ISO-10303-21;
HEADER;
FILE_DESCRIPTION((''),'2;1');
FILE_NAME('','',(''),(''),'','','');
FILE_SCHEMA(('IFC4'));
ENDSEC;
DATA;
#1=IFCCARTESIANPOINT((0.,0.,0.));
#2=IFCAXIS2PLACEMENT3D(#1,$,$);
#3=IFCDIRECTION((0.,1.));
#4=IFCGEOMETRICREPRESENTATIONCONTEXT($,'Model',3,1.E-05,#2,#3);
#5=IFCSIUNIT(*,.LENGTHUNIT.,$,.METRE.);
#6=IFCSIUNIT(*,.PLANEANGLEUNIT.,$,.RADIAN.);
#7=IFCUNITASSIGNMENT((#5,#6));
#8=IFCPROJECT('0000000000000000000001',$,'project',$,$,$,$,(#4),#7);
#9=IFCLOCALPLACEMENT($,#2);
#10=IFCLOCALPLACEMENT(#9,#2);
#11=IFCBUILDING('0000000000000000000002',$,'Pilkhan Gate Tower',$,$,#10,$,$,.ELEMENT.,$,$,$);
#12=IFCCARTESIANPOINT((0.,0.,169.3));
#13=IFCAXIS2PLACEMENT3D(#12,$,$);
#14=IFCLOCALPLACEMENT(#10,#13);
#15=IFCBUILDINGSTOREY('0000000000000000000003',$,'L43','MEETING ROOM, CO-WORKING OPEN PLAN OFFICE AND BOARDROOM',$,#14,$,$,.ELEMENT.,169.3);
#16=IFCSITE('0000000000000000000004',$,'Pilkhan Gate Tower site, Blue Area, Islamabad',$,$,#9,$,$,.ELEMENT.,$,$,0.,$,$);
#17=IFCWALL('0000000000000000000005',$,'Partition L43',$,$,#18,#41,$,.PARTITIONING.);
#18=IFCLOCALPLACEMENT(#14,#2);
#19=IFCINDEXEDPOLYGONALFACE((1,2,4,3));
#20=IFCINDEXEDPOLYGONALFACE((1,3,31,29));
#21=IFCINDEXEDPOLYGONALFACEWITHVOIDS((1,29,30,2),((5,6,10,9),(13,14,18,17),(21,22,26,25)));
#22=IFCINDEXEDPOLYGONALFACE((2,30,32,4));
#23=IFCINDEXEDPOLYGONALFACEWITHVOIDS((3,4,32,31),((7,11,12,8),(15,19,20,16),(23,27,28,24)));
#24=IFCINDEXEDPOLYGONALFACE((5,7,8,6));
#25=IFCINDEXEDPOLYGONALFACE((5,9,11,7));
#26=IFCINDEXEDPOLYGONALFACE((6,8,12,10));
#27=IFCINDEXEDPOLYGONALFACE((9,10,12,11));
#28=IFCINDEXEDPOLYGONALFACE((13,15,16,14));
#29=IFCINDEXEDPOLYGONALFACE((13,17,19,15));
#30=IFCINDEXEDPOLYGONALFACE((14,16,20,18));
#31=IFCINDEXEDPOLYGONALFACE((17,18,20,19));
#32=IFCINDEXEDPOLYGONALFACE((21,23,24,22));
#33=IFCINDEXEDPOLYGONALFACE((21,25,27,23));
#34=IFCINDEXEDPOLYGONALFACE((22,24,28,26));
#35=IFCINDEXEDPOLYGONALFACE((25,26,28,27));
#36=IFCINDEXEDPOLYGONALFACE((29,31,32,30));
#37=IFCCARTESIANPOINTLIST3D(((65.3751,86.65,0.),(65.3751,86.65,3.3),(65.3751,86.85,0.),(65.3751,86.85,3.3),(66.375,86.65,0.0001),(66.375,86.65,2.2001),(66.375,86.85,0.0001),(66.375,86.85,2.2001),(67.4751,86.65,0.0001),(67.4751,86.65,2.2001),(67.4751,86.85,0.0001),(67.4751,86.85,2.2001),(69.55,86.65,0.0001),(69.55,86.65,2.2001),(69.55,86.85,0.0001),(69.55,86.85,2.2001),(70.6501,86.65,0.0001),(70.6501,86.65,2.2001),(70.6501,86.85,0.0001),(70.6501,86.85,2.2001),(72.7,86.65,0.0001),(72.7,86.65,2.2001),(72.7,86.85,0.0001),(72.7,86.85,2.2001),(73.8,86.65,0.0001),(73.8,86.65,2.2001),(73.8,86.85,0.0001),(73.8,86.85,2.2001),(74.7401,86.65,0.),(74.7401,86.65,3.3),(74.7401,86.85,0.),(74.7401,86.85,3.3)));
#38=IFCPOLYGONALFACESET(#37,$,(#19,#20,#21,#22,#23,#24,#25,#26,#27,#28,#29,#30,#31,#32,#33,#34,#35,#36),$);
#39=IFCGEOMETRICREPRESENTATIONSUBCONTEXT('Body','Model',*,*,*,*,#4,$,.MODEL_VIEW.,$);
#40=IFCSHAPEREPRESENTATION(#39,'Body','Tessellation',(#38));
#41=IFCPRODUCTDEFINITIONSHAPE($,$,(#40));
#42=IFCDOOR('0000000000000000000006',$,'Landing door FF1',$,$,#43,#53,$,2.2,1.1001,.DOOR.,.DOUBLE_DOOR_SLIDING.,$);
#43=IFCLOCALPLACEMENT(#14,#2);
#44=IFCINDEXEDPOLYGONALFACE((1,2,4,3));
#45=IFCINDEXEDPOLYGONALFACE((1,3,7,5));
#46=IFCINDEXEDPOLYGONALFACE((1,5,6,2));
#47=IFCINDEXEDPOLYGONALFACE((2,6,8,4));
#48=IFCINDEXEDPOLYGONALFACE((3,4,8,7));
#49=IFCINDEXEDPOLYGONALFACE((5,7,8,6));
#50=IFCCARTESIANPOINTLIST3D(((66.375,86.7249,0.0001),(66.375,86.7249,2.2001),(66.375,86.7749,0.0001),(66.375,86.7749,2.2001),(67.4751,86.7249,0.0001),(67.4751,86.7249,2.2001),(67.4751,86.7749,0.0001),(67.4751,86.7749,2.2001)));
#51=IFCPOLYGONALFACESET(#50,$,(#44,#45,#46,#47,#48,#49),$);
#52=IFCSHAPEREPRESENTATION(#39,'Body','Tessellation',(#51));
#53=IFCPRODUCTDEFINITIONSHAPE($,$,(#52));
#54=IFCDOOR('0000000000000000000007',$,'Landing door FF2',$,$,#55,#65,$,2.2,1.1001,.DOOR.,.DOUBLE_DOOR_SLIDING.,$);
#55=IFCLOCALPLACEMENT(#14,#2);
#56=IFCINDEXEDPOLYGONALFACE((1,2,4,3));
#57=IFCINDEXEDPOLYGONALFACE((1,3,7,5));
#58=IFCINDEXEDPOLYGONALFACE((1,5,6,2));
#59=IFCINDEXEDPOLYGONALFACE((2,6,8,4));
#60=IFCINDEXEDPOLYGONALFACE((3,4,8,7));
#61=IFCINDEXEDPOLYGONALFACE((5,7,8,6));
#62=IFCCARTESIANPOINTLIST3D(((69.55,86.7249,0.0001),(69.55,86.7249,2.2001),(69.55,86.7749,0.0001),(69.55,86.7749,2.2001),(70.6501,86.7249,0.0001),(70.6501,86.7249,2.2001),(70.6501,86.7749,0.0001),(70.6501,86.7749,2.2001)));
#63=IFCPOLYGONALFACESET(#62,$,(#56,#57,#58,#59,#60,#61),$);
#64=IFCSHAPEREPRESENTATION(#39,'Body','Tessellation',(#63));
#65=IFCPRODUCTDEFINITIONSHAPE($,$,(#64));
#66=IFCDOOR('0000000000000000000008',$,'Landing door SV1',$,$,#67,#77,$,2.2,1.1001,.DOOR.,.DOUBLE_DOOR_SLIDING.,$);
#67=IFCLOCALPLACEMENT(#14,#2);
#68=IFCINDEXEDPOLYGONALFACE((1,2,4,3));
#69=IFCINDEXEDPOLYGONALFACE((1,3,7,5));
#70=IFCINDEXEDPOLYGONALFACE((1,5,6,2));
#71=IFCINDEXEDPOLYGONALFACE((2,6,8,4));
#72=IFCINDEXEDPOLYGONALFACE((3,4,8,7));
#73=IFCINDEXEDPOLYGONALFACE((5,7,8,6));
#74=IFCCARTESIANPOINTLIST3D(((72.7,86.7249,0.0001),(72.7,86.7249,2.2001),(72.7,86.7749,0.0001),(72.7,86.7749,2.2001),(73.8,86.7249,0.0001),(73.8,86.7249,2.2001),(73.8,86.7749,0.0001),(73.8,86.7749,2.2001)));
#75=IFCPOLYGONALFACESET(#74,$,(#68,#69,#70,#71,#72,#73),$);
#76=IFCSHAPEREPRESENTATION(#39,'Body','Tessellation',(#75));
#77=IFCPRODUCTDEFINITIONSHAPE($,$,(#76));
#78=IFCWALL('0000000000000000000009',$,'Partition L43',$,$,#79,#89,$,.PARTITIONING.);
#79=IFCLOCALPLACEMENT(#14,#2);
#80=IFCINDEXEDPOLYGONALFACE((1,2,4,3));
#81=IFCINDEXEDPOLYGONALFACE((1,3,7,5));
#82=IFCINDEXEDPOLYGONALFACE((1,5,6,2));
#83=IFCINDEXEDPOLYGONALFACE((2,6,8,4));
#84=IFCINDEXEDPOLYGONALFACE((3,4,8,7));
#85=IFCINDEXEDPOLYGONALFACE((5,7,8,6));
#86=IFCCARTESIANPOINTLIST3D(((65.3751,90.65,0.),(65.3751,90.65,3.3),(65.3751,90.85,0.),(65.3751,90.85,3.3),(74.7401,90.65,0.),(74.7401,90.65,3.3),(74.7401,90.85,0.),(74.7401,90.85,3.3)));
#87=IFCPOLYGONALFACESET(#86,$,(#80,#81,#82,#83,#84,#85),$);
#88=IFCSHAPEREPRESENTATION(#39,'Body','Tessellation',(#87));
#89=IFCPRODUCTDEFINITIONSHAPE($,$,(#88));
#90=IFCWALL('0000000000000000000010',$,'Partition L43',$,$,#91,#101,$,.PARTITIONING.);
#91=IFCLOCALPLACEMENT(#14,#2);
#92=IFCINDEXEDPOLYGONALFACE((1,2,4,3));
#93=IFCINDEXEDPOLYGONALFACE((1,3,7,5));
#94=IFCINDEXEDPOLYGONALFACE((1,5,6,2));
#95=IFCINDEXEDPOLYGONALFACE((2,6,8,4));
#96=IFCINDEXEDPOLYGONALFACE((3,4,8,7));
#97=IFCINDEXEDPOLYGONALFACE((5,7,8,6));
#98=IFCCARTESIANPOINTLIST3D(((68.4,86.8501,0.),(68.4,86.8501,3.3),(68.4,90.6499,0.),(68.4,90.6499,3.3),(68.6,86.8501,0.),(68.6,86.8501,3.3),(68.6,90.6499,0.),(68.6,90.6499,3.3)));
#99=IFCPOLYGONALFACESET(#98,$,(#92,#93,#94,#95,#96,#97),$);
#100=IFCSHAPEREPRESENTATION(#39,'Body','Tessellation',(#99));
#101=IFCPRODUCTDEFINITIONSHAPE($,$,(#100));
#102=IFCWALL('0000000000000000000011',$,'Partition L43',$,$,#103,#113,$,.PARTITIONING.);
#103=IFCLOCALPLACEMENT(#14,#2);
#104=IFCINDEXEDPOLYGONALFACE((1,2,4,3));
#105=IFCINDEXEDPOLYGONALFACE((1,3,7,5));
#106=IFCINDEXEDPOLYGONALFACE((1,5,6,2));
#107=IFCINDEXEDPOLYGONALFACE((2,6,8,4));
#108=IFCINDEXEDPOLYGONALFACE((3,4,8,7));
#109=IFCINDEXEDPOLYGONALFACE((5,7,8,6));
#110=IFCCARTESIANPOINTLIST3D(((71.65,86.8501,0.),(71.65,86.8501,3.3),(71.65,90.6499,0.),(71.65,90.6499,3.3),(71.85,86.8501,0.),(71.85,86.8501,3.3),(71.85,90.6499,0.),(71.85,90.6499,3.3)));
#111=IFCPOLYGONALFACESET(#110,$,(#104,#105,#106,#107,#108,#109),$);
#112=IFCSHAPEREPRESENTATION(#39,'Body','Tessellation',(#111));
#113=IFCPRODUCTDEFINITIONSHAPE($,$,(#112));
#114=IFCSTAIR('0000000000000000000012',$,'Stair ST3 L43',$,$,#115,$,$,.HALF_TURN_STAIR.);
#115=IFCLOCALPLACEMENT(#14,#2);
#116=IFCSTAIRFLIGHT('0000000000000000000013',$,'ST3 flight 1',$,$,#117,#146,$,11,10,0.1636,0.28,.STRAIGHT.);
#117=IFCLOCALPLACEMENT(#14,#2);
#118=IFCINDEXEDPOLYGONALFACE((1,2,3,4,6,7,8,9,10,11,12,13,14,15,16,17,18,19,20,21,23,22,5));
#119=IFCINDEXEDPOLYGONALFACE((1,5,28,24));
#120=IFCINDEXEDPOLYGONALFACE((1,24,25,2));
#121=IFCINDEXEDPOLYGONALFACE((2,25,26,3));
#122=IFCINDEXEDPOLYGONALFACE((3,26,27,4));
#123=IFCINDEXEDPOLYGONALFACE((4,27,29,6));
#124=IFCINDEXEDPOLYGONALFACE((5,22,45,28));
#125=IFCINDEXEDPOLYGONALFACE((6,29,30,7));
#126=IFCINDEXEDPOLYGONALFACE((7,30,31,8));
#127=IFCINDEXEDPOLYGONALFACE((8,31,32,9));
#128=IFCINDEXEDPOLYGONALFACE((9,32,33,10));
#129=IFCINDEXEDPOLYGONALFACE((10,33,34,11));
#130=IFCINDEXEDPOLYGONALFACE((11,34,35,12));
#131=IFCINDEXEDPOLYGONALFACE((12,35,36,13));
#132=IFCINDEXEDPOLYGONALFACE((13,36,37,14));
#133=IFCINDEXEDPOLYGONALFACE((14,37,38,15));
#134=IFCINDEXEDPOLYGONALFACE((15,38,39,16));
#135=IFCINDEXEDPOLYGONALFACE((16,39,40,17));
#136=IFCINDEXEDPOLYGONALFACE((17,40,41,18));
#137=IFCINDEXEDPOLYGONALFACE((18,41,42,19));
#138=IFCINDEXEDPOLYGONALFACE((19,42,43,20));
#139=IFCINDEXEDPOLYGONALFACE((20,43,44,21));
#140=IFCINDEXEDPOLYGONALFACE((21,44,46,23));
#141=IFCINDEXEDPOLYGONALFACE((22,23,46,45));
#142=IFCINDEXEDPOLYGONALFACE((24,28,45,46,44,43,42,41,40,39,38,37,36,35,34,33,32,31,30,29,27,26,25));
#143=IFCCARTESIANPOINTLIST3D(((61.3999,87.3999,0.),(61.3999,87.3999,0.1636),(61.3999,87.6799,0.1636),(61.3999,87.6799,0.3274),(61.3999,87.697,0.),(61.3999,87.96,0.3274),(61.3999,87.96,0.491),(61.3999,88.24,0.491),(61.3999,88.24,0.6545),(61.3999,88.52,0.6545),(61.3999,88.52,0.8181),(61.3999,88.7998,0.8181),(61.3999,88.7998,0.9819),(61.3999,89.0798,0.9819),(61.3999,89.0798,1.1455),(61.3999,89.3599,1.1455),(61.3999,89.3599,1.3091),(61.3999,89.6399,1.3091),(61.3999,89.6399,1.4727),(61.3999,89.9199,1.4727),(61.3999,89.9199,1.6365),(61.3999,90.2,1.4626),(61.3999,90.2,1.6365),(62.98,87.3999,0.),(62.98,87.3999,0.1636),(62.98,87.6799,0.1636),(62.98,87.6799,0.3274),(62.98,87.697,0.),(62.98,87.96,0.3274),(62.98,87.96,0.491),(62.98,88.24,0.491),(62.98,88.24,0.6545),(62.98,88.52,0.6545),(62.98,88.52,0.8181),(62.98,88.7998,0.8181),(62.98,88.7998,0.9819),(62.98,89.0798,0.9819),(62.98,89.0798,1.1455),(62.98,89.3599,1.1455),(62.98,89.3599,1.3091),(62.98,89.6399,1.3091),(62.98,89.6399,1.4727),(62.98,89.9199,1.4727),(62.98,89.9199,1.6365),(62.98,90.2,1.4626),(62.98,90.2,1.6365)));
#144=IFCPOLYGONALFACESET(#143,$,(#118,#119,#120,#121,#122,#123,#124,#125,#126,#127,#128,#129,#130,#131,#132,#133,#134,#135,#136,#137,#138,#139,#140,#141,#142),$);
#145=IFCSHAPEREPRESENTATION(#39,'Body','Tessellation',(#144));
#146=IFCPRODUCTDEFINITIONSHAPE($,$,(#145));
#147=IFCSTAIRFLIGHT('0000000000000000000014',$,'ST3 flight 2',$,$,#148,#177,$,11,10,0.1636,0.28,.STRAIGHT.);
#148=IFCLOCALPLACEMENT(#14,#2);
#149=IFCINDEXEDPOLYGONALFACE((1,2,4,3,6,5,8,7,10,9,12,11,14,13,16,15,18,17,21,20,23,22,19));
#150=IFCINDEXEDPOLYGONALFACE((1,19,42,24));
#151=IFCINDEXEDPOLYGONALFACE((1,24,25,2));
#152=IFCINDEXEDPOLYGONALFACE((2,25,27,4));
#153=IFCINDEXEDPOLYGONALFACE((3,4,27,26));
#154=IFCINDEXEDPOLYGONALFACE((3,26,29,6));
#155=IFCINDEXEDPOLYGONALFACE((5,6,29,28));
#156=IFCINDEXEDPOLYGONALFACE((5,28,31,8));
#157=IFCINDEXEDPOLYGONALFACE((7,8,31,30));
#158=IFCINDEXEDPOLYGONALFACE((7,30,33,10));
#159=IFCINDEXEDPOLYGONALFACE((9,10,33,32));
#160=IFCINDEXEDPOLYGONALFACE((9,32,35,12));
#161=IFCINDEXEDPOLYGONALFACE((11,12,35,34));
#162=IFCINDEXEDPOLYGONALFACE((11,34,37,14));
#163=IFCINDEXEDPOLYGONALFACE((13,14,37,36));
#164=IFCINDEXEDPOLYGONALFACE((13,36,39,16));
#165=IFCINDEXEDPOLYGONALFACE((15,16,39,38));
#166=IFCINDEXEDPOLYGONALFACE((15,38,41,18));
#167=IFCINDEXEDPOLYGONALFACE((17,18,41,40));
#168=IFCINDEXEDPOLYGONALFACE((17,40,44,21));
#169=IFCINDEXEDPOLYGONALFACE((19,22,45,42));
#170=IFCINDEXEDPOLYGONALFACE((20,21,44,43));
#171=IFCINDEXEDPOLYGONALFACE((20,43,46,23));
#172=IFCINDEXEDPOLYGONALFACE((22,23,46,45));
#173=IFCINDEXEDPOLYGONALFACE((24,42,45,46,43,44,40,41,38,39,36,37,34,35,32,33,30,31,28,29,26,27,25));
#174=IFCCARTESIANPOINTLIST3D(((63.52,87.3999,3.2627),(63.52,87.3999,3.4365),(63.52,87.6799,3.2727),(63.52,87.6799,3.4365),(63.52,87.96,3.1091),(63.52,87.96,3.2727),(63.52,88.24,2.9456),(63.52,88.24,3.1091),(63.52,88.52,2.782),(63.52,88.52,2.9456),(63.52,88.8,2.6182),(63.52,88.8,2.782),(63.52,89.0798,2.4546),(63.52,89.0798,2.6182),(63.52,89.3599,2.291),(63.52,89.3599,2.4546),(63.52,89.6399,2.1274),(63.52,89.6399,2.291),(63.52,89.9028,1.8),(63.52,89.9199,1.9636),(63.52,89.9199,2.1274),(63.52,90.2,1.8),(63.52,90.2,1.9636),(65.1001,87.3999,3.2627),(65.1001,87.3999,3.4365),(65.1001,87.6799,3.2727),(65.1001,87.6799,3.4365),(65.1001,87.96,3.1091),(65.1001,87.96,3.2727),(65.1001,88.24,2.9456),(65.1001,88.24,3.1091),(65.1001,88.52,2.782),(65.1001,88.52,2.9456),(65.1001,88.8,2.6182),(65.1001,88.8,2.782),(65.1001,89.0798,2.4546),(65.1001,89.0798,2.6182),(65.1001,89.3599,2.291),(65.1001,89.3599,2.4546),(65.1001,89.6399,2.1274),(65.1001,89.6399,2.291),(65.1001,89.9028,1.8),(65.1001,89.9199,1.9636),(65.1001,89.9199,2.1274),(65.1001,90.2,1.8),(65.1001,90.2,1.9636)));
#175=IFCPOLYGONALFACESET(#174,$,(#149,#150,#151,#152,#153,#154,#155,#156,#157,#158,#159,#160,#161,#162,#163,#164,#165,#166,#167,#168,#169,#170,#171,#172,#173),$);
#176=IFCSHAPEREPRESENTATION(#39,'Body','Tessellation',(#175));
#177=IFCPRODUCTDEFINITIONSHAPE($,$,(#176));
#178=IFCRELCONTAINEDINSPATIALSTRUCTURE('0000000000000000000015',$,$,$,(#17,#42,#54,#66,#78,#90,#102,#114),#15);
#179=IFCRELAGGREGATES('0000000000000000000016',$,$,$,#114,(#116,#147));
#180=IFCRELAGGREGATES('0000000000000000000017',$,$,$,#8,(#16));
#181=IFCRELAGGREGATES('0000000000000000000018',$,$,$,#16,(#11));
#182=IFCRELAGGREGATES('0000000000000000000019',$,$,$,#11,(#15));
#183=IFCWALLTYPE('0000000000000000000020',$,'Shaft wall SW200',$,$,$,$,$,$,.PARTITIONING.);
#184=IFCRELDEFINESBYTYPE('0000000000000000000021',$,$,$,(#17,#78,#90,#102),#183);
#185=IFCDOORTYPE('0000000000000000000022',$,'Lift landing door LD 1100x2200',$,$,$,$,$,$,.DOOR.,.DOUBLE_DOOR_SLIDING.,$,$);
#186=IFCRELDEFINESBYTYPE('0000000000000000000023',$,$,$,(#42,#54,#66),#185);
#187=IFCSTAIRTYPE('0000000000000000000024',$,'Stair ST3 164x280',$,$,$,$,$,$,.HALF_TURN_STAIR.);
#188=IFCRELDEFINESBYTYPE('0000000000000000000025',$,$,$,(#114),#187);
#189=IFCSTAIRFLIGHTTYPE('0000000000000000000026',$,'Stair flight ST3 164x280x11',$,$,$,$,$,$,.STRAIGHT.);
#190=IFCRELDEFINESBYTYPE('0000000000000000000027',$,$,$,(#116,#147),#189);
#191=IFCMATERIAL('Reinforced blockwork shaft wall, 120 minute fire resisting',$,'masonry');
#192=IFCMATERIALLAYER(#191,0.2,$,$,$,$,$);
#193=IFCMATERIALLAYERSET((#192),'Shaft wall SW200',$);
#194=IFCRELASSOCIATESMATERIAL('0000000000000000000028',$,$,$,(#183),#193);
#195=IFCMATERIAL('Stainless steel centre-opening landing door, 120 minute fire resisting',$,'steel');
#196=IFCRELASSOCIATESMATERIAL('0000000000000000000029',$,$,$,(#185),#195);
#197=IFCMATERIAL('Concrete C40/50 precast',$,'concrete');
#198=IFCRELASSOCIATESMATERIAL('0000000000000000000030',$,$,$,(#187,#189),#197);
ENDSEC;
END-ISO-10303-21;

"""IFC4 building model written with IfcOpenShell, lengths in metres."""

from ifc_helpers import new_model, si_unit, direction, frame, frame_2d, origin, place, context, subcontext, project, spatial, polyline, rectangle, outline, extrude, material, layer, layer_set, type_object, element, fill, aggregate, save


model = new_model("IFC4")

# Units and contexts
model_context = context("Model", 3, precision=1e-05, world=origin(), true_north=direction((0.0, 1.0)))
body_context = subcontext(model_context, "Body", "Model", "MODEL_VIEW")
ifc_project = project(units=[si_unit("LENGTHUNIT", "METRE"), si_unit("PLANEANGLEUNIT", "RADIAN")], contexts=[model_context])

# Site, building, storey
site_placement = place(None, origin())
site = spatial("IfcSite", under=ifc_project, at=site_placement, Name="Pilkhan Gate Tower site, Blue Area, Islamabad", CompositionType="ELEMENT", RefElevation=0.0)
building_placement = place(site_placement, origin())
building = spatial("IfcBuilding", under=site, at=building_placement, Name="Pilkhan Gate Tower", CompositionType="ELEMENT")
storey_placement = place(building_placement, frame((0.0, 0.0, 169.3)))
storey = spatial("IfcBuildingStorey", under=building, at=storey_placement, Name="L43", Description="MEETING ROOM, CO-WORKING OPEN PLAN OFFICE AND BOARDROOM", CompositionType="ELEMENT", Elevation=169.3)

# Wall, openings, doors
ifc_material_1 = material(Name="Reinforced blockwork shaft wall, 120 minute fire resisting", Category="masonry")
ifc_layer_1 = layer(ifc_material_1, 0.2)
ifc_layer_set_1 = layer_set([ifc_layer_1], Name="Shaft wall SW200")
wall_type_1 = type_object("IfcWallType", Name="Shaft wall SW200", PredefinedType="PARTITIONING", material=ifc_layer_set_1)
wall_1_placement = place(storey_placement, frame((65.375, 86.75, 0.0), z_axis=(0.0, 0.0, 1.0), x_axis=(1.0, 0.0, 0.0)))
wall_1 = element("IfcWall", 1, at=wall_1_placement, inside=storey, type_object=wall_type_1, Name="Partition L43", PredefinedType="PARTITIONING", context=body_context, shape_type="SweptSolid", body=[
    extrude(rectangle(XDim=9.365, YDim=0.2, at=frame_2d((4.6826, 0.0))), origin(), (0.0, 0.0, 1.0), 3.3),
])
opening_1_placement = place(wall_1_placement, frame((1.0, 0.0, 0.0)))
opening_1 = element("IfcOpeningElement", 2, at=opening_1_placement, cuts=wall_1, PredefinedType="OPENING", context=body_context, shape_type="SweptSolid", body=[
    extrude(rectangle(XDim=1.1001, YDim=2.2, at=frame_2d((0.55, 1.1001))), frame((0.0, 0.1099, 0.0), z_axis=(0.0, -1.0, 0.0), x_axis=(1.0, 0.0, 0.0)), (0.0, 0.0, 1.0), 0.22),
])
opening_2_placement = place(wall_1_placement, frame((4.175, 0.0, 0.0)))
opening_2 = element("IfcOpeningElement", 3, at=opening_2_placement, cuts=wall_1, PredefinedType="OPENING", context=body_context, shape_type="SweptSolid", body=[
    extrude(rectangle(XDim=1.1001, YDim=2.2, at=frame_2d((0.55, 1.1001))), frame((0.0, 0.1099, 0.0), z_axis=(0.0, -1.0, 0.0), x_axis=(1.0, 0.0, 0.0)), (0.0, 0.0, 1.0), 0.22),
])
opening_3_placement = place(wall_1_placement, frame((7.325, 0.0, 0.0)))
opening_3 = element("IfcOpeningElement", 4, at=opening_3_placement, cuts=wall_1, PredefinedType="OPENING", context=body_context, shape_type="SweptSolid", body=[
    extrude(rectangle(XDim=1.1001, YDim=2.2, at=frame_2d((0.55, 1.1001))), frame((0.0, 0.1099, 0.0), z_axis=(0.0, -1.0, 0.0), x_axis=(1.0, 0.0, 0.0)), (0.0, 0.0, 1.0), 0.22),
])
ifc_material_2 = material(Name="Stainless steel centre-opening landing door, 120 minute fire resisting", Category="steel")
door_type_1 = type_object("IfcDoorType", Name="Lift landing door LD 1100x2200", OperationType="DOUBLE_DOOR_SLIDING", PredefinedType="DOOR", material=ifc_material_2)
door_1_placement = place(opening_1_placement, origin())
door_1 = element("IfcDoor", 5, at=door_1_placement, inside=storey, type_object=door_type_1, Name="Landing door FF1", OperationType="DOUBLE_DOOR_SLIDING", OverallHeight=2.2, OverallWidth=1.1001, PredefinedType="DOOR", context=body_context, shape_type="SweptSolid", body=[
    extrude(rectangle(XDim=1.1001, YDim=2.2, at=frame_2d((0.55, 1.1001))), frame((0.0, 0.0249, 0.0), z_axis=(0.0, -1.0, 0.0), x_axis=(1.0, 0.0, 0.0)), (0.0, 0.0, 1.0), 0.05),
])
fill(opening_1, door_1)
door_2_placement = place(opening_2_placement, origin())
door_2 = element("IfcDoor", 6, at=door_2_placement, inside=storey, type_object=door_type_1, Name="Landing door FF2", OperationType="DOUBLE_DOOR_SLIDING", OverallHeight=2.2, OverallWidth=1.1001, PredefinedType="DOOR", context=body_context, shape_type="SweptSolid", body=[
    extrude(rectangle(XDim=1.1001, YDim=2.2, at=frame_2d((0.55, 1.1001))), frame((0.0, 0.0249, 0.0), z_axis=(0.0, -1.0, 0.0), x_axis=(1.0, 0.0, 0.0)), (0.0, 0.0, 1.0), 0.05),
])
fill(opening_2, door_2)
door_3_placement = place(opening_3_placement, origin())
door_3 = element("IfcDoor", 7, at=door_3_placement, inside=storey, type_object=door_type_1, Name="Landing door SV1", OperationType="DOUBLE_DOOR_SLIDING", OverallHeight=2.2, OverallWidth=1.1001, PredefinedType="DOOR", context=body_context, shape_type="SweptSolid", body=[
    extrude(rectangle(XDim=1.1001, YDim=2.2, at=frame_2d((0.55, 1.1001))), frame((0.0, 0.0249, 0.0), z_axis=(0.0, -1.0, 0.0), x_axis=(1.0, 0.0, 0.0)), (0.0, 0.0, 1.0), 0.05),
])
fill(opening_3, door_3)

# Walls
wall_2_placement = place(storey_placement, frame((65.375, 90.75, 0.0), z_axis=(0.0, 0.0, 1.0), x_axis=(1.0, 0.0, 0.0)))
element("IfcWall", 8, at=wall_2_placement, inside=storey, type_object=wall_type_1, Name="Partition L43", PredefinedType="PARTITIONING", context=body_context, shape_type="SweptSolid", body=[
    extrude(rectangle(XDim=9.365, YDim=0.2, at=frame_2d((4.6826, 0.0))), origin(), (0.0, 0.0, 1.0), 3.3),
])
for number, where, z_axis, x_axis, name in (
    (9, (68.5, 86.8501, 0.0), (0.0, 0.0, 1.0), (0.0, 1.0, 0.0), "Partition L43"),
    (10, (71.75, 86.8501, 0.0), (0.0, 0.0, 1.0), (0.0, 1.0, 0.0), "Partition L43"),
):
    element("IfcWall", number, at=place(storey_placement, frame(where, z_axis=z_axis, x_axis=x_axis)), inside=storey, type_object=wall_type_1, Name=name, PredefinedType="PARTITIONING", context=body_context, shape_type="SweptSolid", body=[
        extrude(rectangle(XDim=3.7998, YDim=0.2, at=frame_2d((1.8999, 0.0))), origin(), (0.0, 0.0, 1.0), 3.3),
    ])

# Stair, stair flights
ifc_material_3 = material(Name="Concrete C40/50 precast", Category="concrete")
stair_type = type_object("IfcStairType", Name="Stair ST3 164x280", PredefinedType="HALF_TURN_STAIR", material=ifc_material_3)
stair_placement = place(storey_placement, origin())
stair = element("IfcStair", 11, at=stair_placement, inside=storey, type_object=stair_type, Name="Stair ST3 L43", PredefinedType="HALF_TURN_STAIR")
stair_flight_type = type_object("IfcStairFlightType", Name="Stair flight ST3 164x280x11", PredefinedType="STRAIGHT", material=ifc_material_3)
stair_flight_1_placement = place(storey_placement, frame((62.1899, 87.3999, 0.0), z_axis=(0.0, 0.0, 1.0), x_axis=(0.0, 1.0, 0.0)))
stair_flight_1 = element("IfcStairFlight", 12, at=stair_flight_1_placement, type_object=stair_flight_type, Name="ST3 flight 1", NumberOfRisers=11, NumberOfTreads=10, PredefinedType="STRAIGHT", RiserHeight=0.1636, TreadLength=0.28, context=body_context, shape_type="SweptSolid", body=[
    extrude(outline(polyline([(0.0, 0.0), (0.0, 0.1636), (0.28, 0.1636), (0.28, 0.3274), (0.5601, 0.3274), (0.5601, 0.491), (0.8401, 0.491), (0.8401, 0.6545), (1.1201, 0.6545), (1.1201, 0.8181), (1.3999, 0.8181), (1.3999, 0.9819), (1.6799, 0.9819), (1.6799, 1.1455), (1.96, 1.1455), (1.96, 1.3091), (2.24, 1.3091), (2.24, 1.4727), (2.52, 1.4727), (2.52, 1.6365), (2.8, 1.6365), (2.8, 1.8), (2.8, 1.4626), (0.2971, 0.0), (0.0, 0.0)])), frame((0.0, 0.79, 0.0), z_axis=(0.0, -1.0, 0.0), x_axis=(1.0, 0.0, 0.0)), (0.0, 0.0, 1.0), 1.5801),
])
stair_flight_2_placement = place(storey_placement, frame((64.3101, 90.2, 1.8), z_axis=(0.0, 0.0, 1.0), x_axis=(0.0, -1.0, 0.0)))
stair_flight_2 = element("IfcStairFlight", 13, at=stair_flight_2_placement, type_object=stair_flight_type, Name="ST3 flight 2", NumberOfRisers=11, NumberOfTreads=10, PredefinedType="STRAIGHT", RiserHeight=0.1636, TreadLength=0.28, context=body_context, shape_type="SweptSolid", body=[
    extrude(outline(polyline([(0.0, 0.0), (0.0, 0.1636), (0.28, 0.1636), (0.28, 0.3274), (0.5601, 0.3274), (0.5601, 0.491), (0.8401, 0.491), (0.8401, 0.6545), (1.1201, 0.6545), (1.1201, 0.8181), (1.3999, 0.8181), (1.3999, 0.9819), (1.6799, 0.9819), (1.6799, 1.1455), (1.96, 1.1455), (1.96, 1.3091), (2.24, 1.3091), (2.24, 1.4727), (2.52, 1.4727), (2.52, 1.6365), (2.8, 1.6365), (2.8, 1.8), (2.8, 1.4626), (0.2971, 0.0), (0.0, 0.0)])), frame((0.0, 0.79, 0.0), z_axis=(0.0, -1.0, 0.0), x_axis=(1.0, 0.0, 0.0)), (0.0, 0.0, 1.0), 1.5801),
])
aggregate(stair, [stair_flight_1, stair_flight_2])

save(model, "model.ifc")
